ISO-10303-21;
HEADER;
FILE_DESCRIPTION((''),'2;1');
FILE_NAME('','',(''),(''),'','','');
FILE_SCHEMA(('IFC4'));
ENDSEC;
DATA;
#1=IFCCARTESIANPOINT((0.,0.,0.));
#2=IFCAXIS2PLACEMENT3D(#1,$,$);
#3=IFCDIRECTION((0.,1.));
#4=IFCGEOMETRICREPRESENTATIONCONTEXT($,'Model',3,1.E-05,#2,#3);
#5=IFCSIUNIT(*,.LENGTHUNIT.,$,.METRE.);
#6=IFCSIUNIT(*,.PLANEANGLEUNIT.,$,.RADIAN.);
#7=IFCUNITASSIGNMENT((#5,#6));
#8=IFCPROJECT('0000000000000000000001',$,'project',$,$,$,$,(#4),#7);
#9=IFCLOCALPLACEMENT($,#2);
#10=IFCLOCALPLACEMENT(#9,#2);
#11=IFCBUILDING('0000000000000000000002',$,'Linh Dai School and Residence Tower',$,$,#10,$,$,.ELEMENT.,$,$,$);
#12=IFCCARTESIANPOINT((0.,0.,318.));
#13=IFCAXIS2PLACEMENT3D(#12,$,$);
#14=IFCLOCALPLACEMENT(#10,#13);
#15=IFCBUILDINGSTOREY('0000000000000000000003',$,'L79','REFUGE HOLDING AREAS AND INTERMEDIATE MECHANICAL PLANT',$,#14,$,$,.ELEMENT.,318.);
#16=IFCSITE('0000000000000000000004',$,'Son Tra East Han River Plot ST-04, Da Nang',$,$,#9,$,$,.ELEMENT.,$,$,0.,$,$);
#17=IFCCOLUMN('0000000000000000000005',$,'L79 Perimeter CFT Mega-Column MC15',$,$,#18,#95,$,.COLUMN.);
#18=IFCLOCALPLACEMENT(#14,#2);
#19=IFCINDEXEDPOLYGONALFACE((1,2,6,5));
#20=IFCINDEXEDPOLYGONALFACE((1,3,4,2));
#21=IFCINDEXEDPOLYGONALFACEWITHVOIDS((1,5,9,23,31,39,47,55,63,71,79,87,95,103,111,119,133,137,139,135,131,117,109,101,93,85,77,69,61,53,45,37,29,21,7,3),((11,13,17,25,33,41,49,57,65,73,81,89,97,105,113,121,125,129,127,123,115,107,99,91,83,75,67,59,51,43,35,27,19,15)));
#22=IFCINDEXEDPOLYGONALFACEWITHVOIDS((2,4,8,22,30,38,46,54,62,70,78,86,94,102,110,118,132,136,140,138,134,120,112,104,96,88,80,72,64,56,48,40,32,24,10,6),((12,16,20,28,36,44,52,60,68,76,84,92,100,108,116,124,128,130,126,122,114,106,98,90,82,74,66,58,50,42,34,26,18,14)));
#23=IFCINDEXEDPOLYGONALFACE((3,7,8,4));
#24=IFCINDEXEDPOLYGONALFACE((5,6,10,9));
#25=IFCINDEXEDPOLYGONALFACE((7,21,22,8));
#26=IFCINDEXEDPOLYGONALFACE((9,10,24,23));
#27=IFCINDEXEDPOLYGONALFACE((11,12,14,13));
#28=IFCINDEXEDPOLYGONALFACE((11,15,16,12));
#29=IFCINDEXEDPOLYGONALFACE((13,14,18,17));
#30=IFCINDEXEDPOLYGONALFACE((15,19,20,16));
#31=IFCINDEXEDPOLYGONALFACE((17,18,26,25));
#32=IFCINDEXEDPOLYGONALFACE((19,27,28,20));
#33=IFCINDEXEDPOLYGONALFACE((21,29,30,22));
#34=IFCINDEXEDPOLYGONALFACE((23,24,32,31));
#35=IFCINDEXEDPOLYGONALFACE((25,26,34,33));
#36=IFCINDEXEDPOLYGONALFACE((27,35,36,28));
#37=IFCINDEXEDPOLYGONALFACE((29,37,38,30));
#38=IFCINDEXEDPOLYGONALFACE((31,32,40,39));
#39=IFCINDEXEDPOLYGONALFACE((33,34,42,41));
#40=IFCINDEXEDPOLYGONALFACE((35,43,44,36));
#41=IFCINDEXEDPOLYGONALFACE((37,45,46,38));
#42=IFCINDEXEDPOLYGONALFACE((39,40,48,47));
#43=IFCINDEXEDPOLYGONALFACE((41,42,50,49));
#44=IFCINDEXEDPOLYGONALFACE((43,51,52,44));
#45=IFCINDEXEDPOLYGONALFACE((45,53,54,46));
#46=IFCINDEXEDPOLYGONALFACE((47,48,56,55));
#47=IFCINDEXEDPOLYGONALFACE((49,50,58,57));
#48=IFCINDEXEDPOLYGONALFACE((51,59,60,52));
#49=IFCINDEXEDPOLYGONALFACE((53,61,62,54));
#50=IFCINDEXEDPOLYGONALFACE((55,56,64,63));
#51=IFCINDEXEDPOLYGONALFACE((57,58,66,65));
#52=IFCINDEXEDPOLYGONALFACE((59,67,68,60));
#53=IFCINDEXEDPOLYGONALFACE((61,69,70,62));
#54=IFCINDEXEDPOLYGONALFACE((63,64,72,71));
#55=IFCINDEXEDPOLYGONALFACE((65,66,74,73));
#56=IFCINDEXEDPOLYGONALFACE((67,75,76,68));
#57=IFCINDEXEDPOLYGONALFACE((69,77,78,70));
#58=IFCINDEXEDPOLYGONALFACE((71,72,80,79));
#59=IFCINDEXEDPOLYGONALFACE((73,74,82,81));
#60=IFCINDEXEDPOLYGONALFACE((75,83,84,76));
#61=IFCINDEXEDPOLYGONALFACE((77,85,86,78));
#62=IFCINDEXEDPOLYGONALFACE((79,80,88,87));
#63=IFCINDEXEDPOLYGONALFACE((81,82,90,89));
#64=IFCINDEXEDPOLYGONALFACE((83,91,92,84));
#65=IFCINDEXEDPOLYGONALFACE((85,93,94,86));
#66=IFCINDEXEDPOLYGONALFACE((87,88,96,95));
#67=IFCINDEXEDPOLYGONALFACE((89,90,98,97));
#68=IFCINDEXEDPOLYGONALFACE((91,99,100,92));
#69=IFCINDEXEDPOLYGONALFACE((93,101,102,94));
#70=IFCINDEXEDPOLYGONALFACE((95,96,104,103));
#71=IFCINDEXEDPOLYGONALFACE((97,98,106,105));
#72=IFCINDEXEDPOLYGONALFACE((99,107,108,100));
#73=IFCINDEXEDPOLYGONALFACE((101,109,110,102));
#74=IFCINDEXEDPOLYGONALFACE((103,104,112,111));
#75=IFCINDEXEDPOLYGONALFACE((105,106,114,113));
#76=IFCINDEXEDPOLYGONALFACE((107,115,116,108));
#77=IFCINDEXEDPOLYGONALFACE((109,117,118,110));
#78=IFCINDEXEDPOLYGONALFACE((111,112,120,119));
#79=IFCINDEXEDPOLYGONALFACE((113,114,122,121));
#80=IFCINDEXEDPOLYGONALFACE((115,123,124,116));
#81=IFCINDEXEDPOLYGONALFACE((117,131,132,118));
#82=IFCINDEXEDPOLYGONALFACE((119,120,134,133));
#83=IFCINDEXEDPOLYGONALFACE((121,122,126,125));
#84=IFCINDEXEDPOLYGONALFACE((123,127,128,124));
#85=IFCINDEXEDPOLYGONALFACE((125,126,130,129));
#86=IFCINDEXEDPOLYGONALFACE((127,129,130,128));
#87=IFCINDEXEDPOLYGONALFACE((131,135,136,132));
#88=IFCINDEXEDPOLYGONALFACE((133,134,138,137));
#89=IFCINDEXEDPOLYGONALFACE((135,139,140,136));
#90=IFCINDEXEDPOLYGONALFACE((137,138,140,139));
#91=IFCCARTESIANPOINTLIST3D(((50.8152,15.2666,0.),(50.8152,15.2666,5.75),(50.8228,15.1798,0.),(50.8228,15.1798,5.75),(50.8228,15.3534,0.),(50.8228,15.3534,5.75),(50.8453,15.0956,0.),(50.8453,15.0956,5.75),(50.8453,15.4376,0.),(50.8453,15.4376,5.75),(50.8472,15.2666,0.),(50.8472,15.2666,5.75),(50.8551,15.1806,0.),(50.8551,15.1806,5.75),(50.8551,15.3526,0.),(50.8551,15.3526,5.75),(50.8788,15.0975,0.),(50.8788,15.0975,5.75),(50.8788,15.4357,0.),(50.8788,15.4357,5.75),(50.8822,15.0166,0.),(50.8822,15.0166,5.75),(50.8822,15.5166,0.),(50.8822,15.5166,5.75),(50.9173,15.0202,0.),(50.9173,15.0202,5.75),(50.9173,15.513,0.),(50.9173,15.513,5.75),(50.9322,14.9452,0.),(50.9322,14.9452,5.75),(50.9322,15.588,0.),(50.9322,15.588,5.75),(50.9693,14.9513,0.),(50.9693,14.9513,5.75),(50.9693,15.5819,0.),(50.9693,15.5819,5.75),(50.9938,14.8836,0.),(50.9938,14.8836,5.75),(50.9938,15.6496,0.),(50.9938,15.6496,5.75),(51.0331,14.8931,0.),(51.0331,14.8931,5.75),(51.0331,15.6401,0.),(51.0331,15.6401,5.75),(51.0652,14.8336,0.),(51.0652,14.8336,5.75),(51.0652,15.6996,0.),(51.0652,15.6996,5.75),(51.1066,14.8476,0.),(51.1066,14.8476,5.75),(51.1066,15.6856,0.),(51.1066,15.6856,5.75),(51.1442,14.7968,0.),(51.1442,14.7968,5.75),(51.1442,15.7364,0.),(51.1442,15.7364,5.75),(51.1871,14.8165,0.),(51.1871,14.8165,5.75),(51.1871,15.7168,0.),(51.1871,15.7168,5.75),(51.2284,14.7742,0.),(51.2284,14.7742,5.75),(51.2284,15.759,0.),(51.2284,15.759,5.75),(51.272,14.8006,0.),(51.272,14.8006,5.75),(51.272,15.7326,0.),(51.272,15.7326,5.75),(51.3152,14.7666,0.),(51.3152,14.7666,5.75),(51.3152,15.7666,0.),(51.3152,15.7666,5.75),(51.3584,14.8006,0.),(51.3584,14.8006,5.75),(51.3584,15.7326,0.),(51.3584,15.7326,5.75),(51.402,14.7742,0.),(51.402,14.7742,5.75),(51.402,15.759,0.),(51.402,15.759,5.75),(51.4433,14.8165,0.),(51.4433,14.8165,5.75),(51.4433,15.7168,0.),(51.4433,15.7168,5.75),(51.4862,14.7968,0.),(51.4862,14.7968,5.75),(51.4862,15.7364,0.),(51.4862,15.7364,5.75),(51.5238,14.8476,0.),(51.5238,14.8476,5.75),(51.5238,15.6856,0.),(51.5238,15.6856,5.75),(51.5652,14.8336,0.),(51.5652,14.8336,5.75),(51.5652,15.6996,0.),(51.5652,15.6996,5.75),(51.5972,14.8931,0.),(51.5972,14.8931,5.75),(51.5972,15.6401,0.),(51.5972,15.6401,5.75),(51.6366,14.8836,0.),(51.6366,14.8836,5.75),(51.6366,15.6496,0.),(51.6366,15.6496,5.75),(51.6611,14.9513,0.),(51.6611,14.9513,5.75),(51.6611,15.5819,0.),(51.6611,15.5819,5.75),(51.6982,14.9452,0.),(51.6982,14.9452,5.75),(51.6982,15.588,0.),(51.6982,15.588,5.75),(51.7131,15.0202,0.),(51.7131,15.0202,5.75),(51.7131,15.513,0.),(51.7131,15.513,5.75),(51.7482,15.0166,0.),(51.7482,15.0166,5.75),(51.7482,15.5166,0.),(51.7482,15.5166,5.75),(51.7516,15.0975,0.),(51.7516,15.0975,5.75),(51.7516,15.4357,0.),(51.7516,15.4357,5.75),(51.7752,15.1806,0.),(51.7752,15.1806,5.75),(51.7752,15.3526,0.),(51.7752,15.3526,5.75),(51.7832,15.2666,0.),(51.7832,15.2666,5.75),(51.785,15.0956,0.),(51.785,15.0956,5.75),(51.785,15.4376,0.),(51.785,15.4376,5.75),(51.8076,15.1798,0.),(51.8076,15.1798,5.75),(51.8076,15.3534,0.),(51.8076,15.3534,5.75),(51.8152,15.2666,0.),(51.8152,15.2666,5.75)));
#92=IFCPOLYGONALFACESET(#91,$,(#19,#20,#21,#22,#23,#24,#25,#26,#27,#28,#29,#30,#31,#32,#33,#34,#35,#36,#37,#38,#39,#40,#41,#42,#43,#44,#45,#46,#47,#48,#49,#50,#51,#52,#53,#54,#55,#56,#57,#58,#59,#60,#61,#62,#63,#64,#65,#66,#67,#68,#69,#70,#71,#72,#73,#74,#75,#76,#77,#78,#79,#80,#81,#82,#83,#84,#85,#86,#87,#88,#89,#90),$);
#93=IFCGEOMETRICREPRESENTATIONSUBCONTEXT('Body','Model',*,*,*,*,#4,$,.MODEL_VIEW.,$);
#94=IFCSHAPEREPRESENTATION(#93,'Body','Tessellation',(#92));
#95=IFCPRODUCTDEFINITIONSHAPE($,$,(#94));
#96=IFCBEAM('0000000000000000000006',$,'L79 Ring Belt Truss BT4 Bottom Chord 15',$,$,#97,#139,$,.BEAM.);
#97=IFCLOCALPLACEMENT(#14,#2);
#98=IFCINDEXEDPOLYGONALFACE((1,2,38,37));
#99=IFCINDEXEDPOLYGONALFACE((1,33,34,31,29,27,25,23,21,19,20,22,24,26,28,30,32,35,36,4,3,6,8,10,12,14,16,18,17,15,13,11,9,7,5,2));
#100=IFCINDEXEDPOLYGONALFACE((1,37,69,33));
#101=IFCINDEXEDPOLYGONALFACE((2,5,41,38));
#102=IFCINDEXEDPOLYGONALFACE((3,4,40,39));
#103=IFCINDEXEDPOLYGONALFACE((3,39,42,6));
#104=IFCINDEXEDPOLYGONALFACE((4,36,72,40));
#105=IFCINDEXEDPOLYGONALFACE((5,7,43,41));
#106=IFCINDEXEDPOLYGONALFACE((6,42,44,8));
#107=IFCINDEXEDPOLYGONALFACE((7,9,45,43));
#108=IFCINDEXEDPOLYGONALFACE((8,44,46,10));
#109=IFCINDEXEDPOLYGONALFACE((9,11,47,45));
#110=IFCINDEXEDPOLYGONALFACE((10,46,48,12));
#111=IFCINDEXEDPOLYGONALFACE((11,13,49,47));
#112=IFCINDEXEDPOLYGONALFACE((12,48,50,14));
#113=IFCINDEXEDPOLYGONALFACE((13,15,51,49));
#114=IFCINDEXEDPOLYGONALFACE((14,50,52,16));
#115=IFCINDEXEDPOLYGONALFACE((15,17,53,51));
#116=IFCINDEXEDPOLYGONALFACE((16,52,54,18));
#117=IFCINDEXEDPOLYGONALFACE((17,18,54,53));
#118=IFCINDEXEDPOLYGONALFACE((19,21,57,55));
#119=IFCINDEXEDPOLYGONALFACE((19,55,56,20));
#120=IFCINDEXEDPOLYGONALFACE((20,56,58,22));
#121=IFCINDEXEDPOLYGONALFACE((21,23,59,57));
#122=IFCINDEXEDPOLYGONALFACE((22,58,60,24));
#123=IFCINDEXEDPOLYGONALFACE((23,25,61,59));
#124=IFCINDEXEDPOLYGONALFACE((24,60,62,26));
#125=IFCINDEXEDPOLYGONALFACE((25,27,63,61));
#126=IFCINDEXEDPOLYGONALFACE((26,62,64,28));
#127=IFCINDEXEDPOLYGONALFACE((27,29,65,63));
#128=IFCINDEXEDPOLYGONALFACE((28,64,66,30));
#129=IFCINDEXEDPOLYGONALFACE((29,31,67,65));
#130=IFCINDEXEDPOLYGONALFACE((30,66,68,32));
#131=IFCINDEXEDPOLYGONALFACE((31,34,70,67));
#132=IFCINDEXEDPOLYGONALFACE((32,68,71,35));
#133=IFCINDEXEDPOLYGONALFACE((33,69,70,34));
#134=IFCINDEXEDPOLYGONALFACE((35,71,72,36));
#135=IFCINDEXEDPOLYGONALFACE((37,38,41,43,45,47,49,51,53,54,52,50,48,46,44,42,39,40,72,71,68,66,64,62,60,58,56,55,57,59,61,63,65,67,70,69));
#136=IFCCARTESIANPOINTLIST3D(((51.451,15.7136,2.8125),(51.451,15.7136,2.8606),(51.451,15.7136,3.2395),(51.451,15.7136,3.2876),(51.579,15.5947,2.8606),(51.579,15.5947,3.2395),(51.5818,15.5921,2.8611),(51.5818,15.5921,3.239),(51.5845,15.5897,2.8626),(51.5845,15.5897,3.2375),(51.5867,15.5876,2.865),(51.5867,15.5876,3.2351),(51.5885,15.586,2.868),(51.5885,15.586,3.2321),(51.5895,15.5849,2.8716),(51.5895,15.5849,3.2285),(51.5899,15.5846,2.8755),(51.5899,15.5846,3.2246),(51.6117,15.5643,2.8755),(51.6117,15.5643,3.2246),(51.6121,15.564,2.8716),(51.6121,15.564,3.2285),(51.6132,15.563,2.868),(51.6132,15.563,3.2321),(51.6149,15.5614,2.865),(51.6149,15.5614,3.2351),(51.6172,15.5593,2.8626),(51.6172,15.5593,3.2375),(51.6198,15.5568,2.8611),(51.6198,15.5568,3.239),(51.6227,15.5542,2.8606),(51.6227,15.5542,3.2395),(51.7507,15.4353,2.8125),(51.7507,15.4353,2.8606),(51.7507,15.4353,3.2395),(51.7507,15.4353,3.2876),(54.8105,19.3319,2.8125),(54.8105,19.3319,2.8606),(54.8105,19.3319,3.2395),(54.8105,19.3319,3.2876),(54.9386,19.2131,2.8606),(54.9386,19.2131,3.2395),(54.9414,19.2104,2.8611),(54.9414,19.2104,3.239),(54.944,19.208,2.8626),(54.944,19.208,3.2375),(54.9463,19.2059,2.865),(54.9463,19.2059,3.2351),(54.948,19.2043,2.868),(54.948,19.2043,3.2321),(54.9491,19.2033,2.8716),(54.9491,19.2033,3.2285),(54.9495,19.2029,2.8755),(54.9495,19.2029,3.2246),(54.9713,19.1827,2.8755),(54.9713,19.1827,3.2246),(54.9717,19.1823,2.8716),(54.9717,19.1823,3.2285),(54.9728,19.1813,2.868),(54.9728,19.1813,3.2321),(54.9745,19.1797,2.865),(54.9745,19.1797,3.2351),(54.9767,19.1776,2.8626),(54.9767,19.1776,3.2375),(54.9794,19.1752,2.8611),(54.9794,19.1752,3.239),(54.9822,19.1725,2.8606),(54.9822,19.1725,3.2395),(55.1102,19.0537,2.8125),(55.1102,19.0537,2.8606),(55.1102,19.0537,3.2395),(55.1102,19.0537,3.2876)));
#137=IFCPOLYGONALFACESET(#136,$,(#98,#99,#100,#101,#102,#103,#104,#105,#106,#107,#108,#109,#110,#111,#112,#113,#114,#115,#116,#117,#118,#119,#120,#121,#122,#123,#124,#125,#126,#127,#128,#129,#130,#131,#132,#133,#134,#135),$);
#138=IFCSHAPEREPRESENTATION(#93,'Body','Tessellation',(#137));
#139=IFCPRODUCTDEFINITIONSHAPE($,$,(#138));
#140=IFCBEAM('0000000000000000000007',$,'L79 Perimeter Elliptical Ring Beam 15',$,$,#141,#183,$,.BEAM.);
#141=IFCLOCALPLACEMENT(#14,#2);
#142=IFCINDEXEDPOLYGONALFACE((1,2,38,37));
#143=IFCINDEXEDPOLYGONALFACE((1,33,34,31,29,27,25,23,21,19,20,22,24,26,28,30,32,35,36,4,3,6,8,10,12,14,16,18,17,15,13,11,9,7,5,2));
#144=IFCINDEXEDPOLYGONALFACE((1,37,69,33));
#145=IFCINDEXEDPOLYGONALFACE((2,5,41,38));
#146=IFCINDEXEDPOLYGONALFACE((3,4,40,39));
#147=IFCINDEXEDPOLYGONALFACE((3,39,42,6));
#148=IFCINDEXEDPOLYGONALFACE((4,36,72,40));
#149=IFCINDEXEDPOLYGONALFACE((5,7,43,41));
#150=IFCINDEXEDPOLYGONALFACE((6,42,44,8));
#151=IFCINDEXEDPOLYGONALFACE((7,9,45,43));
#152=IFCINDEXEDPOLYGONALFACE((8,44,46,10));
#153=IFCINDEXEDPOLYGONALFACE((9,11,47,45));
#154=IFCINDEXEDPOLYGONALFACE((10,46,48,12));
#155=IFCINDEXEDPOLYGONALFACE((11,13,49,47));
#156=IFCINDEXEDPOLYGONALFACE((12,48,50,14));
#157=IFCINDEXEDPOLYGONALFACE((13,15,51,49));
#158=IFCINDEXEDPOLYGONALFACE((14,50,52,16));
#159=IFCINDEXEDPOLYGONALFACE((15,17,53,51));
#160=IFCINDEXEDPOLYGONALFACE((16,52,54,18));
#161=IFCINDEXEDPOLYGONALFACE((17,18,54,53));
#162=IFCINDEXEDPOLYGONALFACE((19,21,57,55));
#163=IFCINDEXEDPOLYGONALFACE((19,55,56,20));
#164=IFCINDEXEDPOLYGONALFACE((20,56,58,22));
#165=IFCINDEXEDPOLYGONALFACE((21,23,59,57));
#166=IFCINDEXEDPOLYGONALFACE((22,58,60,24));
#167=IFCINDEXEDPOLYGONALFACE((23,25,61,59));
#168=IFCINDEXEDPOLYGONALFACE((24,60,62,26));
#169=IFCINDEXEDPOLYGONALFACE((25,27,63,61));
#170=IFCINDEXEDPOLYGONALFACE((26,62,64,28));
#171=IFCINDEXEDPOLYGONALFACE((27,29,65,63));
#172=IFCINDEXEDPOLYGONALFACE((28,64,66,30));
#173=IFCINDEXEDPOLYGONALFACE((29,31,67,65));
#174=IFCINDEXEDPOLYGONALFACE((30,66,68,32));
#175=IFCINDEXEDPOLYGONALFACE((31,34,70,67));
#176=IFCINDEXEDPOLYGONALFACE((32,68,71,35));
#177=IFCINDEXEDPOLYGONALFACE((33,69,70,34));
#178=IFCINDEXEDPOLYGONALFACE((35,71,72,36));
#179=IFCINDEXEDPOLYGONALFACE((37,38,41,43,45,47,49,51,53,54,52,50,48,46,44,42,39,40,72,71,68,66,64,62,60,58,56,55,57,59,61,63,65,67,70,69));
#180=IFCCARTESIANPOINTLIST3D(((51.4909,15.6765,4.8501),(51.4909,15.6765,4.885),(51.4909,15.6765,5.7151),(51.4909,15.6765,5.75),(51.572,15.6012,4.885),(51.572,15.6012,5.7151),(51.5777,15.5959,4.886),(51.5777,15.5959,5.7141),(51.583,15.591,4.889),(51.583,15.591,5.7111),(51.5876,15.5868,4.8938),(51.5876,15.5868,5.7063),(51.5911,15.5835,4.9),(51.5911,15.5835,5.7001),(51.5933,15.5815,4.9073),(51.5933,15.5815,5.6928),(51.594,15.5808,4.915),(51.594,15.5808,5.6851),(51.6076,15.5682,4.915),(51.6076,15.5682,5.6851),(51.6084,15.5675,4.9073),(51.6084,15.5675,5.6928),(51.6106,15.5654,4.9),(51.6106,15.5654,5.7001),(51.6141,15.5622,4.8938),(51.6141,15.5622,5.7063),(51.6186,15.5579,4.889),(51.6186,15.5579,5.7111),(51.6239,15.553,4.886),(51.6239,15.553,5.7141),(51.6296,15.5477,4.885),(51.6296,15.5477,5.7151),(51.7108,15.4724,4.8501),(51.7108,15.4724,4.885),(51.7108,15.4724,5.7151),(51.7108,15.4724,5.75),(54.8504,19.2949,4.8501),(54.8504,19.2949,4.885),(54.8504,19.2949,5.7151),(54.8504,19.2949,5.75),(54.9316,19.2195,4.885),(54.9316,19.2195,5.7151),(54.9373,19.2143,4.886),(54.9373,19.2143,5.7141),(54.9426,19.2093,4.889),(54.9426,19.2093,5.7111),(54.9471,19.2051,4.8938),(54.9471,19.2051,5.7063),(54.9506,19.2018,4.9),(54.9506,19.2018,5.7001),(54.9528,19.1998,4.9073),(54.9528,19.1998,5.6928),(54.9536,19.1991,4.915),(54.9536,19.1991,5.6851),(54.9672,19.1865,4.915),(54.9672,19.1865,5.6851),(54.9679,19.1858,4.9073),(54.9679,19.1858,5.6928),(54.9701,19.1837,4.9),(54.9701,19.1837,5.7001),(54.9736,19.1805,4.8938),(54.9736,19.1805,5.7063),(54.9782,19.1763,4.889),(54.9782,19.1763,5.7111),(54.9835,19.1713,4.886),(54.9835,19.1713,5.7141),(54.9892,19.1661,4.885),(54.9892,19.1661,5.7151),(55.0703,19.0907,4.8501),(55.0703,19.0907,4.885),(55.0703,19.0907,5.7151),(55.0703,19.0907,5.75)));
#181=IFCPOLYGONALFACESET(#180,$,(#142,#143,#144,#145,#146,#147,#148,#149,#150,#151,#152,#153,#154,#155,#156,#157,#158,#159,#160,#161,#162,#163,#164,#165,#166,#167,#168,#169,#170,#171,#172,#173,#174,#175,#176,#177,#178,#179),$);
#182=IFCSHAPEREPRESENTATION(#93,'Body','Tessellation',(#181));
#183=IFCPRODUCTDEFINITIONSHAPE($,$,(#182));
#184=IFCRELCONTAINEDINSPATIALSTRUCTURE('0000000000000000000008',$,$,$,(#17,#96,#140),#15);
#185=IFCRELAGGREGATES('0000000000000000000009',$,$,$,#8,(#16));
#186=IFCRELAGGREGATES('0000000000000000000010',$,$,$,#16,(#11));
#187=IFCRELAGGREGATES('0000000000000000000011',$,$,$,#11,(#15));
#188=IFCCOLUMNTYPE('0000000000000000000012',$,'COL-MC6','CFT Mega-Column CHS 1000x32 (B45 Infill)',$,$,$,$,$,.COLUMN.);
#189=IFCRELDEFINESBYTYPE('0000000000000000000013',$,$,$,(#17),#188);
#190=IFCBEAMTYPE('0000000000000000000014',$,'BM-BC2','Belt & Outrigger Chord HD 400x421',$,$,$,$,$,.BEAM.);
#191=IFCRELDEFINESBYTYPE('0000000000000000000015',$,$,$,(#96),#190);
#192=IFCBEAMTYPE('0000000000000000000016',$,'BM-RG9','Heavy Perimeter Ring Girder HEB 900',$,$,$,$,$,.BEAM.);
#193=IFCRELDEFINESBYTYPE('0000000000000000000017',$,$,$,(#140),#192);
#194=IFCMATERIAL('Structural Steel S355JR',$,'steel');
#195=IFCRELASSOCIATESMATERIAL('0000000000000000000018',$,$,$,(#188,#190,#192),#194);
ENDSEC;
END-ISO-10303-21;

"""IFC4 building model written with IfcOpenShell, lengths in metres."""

from ifc_helpers import new_model, si_unit, direction, frame, origin, origin_2d, place, context, subcontext, project, spatial, hollow_circle, i_section, extrude, material, material_profile, profile_set, type_object, element, save


model = new_model("IFC4")

# Units and contexts
model_context = context("Model", 3, precision=1e-05, world=origin(), true_north=direction((0.0, 1.0)))
body_context = subcontext(model_context, "Body", "Model", "MODEL_VIEW")
ifc_project = project(units=[si_unit("LENGTHUNIT", "METRE"), si_unit("PLANEANGLEUNIT", "RADIAN")], contexts=[model_context])

# Site, building, storey
site_placement = place(None, origin())
site = spatial("IfcSite", under=ifc_project, at=site_placement, Name="Son Tra East Han River Plot ST-04, Da Nang", CompositionType="ELEMENT", RefElevation=0.0)
building_placement = place(site_placement, origin())
building = spatial("IfcBuilding", under=site, at=building_placement, Name="Linh Dai School and Residence Tower", CompositionType="ELEMENT")
storey_placement = place(building_placement, frame((0.0, 0.0, 318.0)))
storey = spatial("IfcBuildingStorey", under=building, at=storey_placement, Name="L79", Description="REFUGE HOLDING AREAS AND INTERMEDIATE MECHANICAL PLANT", CompositionType="ELEMENT", Elevation=318.0)

# Column
ifc_material_1 = material(Name="Structural Steel S355JR", Category="steel")
ifc_material_profile_1 = material_profile(ifc_material_1, hollow_circle(Radius=0.5, WallThickness=0.032, at=origin_2d()), Name="CHS 1000x32")
ifc_profile_set_1 = profile_set([ifc_material_profile_1], Name="Structural Steel S355JR")
column_type = type_object("IfcColumnType", Name="COL-MC6", Description="CFT Mega-Column CHS 1000x32 (B45 Infill)", PredefinedType="COLUMN", material=ifc_profile_set_1)
column_placement = place(storey_placement, frame((51.3152, 15.2666, 0.0), z_axis=(0.0, 0.0, 1.0), x_axis=(1.0, 0.0, 0.0)))
element("IfcColumn", 1, at=column_placement, inside=storey, type_object=column_type, Name="L79 Perimeter CFT Mega-Column MC15", PredefinedType="COLUMN", context=body_context, shape_type="SweptSolid", body=[
    extrude(hollow_circle(Radius=0.5, WallThickness=0.032, at=origin_2d()), origin(), (0.0, 0.0, 1.0), 5.75),
])

# Beams
ifc_material_profile_2 = material_profile(ifc_material_1, i_section(OverallWidth=0.4089, OverallDepth=0.4751, WebThickness=0.0298, FlangeThickness=0.0481, FilletRadius=0.0149, at=origin_2d()), Name="HD 400x421")
ifc_profile_set_2 = profile_set([ifc_material_profile_2], Name="Structural Steel S355JR")
beam_type_1 = type_object("IfcBeamType", Name="BM-BC2", Description="Belt & Outrigger Chord HD 400x421", PredefinedType="BEAM", material=ifc_profile_set_2)
beam_1_placement = place(storey_placement, frame((51.6008, 15.5745, 3.05), z_axis=(0.680415, 0.732827, 0.0), x_axis=(-0.732827, 0.680415, 0.0)))
element("IfcBeam", 2, at=beam_1_placement, inside=storey, type_object=beam_type_1, Name="L79 Ring Belt Truss BT4 Bottom Chord 15", PredefinedType="BEAM", context=body_context, shape_type="SweptSolid", body=[
    extrude(i_section(OverallWidth=0.4089, OverallDepth=0.4751, WebThickness=0.0298, FlangeThickness=0.0481, FilletRadius=0.0149, at=origin_2d()), origin(), (0.0, 0.0, 1.0), 4.9375),
])
ifc_material_profile_3 = material_profile(ifc_material_1, i_section(OverallWidth=0.3, OverallDepth=0.8999, WebThickness=0.0186, FlangeThickness=0.0349, FilletRadius=0.03, at=origin_2d()), Name="HEB 900")
ifc_profile_set_3 = profile_set([ifc_material_profile_3], Name="Structural Steel S355JR")
beam_type_2 = type_object("IfcBeamType", Name="BM-RG9", Description="Heavy Perimeter Ring Girder HEB 900", PredefinedType="BEAM", material=ifc_profile_set_3)
beam_2_placement = place(storey_placement, frame((51.6008, 15.5745, 5.3), z_axis=(0.680415, 0.732827, 0.0), x_axis=(-0.732827, 0.680415, 0.0)))
element("IfcBeam", 3, at=beam_2_placement, inside=storey, type_object=beam_type_2, Name="L79 Perimeter Elliptical Ring Beam 15", PredefinedType="BEAM", context=body_context, shape_type="SweptSolid", body=[
    extrude(i_section(OverallWidth=0.3, OverallDepth=0.8999, WebThickness=0.0186, FlangeThickness=0.0349, FilletRadius=0.03, at=origin_2d()), origin(), (0.0, 0.0, 1.0), 4.9375),
])

save(model, "model.ifc")
